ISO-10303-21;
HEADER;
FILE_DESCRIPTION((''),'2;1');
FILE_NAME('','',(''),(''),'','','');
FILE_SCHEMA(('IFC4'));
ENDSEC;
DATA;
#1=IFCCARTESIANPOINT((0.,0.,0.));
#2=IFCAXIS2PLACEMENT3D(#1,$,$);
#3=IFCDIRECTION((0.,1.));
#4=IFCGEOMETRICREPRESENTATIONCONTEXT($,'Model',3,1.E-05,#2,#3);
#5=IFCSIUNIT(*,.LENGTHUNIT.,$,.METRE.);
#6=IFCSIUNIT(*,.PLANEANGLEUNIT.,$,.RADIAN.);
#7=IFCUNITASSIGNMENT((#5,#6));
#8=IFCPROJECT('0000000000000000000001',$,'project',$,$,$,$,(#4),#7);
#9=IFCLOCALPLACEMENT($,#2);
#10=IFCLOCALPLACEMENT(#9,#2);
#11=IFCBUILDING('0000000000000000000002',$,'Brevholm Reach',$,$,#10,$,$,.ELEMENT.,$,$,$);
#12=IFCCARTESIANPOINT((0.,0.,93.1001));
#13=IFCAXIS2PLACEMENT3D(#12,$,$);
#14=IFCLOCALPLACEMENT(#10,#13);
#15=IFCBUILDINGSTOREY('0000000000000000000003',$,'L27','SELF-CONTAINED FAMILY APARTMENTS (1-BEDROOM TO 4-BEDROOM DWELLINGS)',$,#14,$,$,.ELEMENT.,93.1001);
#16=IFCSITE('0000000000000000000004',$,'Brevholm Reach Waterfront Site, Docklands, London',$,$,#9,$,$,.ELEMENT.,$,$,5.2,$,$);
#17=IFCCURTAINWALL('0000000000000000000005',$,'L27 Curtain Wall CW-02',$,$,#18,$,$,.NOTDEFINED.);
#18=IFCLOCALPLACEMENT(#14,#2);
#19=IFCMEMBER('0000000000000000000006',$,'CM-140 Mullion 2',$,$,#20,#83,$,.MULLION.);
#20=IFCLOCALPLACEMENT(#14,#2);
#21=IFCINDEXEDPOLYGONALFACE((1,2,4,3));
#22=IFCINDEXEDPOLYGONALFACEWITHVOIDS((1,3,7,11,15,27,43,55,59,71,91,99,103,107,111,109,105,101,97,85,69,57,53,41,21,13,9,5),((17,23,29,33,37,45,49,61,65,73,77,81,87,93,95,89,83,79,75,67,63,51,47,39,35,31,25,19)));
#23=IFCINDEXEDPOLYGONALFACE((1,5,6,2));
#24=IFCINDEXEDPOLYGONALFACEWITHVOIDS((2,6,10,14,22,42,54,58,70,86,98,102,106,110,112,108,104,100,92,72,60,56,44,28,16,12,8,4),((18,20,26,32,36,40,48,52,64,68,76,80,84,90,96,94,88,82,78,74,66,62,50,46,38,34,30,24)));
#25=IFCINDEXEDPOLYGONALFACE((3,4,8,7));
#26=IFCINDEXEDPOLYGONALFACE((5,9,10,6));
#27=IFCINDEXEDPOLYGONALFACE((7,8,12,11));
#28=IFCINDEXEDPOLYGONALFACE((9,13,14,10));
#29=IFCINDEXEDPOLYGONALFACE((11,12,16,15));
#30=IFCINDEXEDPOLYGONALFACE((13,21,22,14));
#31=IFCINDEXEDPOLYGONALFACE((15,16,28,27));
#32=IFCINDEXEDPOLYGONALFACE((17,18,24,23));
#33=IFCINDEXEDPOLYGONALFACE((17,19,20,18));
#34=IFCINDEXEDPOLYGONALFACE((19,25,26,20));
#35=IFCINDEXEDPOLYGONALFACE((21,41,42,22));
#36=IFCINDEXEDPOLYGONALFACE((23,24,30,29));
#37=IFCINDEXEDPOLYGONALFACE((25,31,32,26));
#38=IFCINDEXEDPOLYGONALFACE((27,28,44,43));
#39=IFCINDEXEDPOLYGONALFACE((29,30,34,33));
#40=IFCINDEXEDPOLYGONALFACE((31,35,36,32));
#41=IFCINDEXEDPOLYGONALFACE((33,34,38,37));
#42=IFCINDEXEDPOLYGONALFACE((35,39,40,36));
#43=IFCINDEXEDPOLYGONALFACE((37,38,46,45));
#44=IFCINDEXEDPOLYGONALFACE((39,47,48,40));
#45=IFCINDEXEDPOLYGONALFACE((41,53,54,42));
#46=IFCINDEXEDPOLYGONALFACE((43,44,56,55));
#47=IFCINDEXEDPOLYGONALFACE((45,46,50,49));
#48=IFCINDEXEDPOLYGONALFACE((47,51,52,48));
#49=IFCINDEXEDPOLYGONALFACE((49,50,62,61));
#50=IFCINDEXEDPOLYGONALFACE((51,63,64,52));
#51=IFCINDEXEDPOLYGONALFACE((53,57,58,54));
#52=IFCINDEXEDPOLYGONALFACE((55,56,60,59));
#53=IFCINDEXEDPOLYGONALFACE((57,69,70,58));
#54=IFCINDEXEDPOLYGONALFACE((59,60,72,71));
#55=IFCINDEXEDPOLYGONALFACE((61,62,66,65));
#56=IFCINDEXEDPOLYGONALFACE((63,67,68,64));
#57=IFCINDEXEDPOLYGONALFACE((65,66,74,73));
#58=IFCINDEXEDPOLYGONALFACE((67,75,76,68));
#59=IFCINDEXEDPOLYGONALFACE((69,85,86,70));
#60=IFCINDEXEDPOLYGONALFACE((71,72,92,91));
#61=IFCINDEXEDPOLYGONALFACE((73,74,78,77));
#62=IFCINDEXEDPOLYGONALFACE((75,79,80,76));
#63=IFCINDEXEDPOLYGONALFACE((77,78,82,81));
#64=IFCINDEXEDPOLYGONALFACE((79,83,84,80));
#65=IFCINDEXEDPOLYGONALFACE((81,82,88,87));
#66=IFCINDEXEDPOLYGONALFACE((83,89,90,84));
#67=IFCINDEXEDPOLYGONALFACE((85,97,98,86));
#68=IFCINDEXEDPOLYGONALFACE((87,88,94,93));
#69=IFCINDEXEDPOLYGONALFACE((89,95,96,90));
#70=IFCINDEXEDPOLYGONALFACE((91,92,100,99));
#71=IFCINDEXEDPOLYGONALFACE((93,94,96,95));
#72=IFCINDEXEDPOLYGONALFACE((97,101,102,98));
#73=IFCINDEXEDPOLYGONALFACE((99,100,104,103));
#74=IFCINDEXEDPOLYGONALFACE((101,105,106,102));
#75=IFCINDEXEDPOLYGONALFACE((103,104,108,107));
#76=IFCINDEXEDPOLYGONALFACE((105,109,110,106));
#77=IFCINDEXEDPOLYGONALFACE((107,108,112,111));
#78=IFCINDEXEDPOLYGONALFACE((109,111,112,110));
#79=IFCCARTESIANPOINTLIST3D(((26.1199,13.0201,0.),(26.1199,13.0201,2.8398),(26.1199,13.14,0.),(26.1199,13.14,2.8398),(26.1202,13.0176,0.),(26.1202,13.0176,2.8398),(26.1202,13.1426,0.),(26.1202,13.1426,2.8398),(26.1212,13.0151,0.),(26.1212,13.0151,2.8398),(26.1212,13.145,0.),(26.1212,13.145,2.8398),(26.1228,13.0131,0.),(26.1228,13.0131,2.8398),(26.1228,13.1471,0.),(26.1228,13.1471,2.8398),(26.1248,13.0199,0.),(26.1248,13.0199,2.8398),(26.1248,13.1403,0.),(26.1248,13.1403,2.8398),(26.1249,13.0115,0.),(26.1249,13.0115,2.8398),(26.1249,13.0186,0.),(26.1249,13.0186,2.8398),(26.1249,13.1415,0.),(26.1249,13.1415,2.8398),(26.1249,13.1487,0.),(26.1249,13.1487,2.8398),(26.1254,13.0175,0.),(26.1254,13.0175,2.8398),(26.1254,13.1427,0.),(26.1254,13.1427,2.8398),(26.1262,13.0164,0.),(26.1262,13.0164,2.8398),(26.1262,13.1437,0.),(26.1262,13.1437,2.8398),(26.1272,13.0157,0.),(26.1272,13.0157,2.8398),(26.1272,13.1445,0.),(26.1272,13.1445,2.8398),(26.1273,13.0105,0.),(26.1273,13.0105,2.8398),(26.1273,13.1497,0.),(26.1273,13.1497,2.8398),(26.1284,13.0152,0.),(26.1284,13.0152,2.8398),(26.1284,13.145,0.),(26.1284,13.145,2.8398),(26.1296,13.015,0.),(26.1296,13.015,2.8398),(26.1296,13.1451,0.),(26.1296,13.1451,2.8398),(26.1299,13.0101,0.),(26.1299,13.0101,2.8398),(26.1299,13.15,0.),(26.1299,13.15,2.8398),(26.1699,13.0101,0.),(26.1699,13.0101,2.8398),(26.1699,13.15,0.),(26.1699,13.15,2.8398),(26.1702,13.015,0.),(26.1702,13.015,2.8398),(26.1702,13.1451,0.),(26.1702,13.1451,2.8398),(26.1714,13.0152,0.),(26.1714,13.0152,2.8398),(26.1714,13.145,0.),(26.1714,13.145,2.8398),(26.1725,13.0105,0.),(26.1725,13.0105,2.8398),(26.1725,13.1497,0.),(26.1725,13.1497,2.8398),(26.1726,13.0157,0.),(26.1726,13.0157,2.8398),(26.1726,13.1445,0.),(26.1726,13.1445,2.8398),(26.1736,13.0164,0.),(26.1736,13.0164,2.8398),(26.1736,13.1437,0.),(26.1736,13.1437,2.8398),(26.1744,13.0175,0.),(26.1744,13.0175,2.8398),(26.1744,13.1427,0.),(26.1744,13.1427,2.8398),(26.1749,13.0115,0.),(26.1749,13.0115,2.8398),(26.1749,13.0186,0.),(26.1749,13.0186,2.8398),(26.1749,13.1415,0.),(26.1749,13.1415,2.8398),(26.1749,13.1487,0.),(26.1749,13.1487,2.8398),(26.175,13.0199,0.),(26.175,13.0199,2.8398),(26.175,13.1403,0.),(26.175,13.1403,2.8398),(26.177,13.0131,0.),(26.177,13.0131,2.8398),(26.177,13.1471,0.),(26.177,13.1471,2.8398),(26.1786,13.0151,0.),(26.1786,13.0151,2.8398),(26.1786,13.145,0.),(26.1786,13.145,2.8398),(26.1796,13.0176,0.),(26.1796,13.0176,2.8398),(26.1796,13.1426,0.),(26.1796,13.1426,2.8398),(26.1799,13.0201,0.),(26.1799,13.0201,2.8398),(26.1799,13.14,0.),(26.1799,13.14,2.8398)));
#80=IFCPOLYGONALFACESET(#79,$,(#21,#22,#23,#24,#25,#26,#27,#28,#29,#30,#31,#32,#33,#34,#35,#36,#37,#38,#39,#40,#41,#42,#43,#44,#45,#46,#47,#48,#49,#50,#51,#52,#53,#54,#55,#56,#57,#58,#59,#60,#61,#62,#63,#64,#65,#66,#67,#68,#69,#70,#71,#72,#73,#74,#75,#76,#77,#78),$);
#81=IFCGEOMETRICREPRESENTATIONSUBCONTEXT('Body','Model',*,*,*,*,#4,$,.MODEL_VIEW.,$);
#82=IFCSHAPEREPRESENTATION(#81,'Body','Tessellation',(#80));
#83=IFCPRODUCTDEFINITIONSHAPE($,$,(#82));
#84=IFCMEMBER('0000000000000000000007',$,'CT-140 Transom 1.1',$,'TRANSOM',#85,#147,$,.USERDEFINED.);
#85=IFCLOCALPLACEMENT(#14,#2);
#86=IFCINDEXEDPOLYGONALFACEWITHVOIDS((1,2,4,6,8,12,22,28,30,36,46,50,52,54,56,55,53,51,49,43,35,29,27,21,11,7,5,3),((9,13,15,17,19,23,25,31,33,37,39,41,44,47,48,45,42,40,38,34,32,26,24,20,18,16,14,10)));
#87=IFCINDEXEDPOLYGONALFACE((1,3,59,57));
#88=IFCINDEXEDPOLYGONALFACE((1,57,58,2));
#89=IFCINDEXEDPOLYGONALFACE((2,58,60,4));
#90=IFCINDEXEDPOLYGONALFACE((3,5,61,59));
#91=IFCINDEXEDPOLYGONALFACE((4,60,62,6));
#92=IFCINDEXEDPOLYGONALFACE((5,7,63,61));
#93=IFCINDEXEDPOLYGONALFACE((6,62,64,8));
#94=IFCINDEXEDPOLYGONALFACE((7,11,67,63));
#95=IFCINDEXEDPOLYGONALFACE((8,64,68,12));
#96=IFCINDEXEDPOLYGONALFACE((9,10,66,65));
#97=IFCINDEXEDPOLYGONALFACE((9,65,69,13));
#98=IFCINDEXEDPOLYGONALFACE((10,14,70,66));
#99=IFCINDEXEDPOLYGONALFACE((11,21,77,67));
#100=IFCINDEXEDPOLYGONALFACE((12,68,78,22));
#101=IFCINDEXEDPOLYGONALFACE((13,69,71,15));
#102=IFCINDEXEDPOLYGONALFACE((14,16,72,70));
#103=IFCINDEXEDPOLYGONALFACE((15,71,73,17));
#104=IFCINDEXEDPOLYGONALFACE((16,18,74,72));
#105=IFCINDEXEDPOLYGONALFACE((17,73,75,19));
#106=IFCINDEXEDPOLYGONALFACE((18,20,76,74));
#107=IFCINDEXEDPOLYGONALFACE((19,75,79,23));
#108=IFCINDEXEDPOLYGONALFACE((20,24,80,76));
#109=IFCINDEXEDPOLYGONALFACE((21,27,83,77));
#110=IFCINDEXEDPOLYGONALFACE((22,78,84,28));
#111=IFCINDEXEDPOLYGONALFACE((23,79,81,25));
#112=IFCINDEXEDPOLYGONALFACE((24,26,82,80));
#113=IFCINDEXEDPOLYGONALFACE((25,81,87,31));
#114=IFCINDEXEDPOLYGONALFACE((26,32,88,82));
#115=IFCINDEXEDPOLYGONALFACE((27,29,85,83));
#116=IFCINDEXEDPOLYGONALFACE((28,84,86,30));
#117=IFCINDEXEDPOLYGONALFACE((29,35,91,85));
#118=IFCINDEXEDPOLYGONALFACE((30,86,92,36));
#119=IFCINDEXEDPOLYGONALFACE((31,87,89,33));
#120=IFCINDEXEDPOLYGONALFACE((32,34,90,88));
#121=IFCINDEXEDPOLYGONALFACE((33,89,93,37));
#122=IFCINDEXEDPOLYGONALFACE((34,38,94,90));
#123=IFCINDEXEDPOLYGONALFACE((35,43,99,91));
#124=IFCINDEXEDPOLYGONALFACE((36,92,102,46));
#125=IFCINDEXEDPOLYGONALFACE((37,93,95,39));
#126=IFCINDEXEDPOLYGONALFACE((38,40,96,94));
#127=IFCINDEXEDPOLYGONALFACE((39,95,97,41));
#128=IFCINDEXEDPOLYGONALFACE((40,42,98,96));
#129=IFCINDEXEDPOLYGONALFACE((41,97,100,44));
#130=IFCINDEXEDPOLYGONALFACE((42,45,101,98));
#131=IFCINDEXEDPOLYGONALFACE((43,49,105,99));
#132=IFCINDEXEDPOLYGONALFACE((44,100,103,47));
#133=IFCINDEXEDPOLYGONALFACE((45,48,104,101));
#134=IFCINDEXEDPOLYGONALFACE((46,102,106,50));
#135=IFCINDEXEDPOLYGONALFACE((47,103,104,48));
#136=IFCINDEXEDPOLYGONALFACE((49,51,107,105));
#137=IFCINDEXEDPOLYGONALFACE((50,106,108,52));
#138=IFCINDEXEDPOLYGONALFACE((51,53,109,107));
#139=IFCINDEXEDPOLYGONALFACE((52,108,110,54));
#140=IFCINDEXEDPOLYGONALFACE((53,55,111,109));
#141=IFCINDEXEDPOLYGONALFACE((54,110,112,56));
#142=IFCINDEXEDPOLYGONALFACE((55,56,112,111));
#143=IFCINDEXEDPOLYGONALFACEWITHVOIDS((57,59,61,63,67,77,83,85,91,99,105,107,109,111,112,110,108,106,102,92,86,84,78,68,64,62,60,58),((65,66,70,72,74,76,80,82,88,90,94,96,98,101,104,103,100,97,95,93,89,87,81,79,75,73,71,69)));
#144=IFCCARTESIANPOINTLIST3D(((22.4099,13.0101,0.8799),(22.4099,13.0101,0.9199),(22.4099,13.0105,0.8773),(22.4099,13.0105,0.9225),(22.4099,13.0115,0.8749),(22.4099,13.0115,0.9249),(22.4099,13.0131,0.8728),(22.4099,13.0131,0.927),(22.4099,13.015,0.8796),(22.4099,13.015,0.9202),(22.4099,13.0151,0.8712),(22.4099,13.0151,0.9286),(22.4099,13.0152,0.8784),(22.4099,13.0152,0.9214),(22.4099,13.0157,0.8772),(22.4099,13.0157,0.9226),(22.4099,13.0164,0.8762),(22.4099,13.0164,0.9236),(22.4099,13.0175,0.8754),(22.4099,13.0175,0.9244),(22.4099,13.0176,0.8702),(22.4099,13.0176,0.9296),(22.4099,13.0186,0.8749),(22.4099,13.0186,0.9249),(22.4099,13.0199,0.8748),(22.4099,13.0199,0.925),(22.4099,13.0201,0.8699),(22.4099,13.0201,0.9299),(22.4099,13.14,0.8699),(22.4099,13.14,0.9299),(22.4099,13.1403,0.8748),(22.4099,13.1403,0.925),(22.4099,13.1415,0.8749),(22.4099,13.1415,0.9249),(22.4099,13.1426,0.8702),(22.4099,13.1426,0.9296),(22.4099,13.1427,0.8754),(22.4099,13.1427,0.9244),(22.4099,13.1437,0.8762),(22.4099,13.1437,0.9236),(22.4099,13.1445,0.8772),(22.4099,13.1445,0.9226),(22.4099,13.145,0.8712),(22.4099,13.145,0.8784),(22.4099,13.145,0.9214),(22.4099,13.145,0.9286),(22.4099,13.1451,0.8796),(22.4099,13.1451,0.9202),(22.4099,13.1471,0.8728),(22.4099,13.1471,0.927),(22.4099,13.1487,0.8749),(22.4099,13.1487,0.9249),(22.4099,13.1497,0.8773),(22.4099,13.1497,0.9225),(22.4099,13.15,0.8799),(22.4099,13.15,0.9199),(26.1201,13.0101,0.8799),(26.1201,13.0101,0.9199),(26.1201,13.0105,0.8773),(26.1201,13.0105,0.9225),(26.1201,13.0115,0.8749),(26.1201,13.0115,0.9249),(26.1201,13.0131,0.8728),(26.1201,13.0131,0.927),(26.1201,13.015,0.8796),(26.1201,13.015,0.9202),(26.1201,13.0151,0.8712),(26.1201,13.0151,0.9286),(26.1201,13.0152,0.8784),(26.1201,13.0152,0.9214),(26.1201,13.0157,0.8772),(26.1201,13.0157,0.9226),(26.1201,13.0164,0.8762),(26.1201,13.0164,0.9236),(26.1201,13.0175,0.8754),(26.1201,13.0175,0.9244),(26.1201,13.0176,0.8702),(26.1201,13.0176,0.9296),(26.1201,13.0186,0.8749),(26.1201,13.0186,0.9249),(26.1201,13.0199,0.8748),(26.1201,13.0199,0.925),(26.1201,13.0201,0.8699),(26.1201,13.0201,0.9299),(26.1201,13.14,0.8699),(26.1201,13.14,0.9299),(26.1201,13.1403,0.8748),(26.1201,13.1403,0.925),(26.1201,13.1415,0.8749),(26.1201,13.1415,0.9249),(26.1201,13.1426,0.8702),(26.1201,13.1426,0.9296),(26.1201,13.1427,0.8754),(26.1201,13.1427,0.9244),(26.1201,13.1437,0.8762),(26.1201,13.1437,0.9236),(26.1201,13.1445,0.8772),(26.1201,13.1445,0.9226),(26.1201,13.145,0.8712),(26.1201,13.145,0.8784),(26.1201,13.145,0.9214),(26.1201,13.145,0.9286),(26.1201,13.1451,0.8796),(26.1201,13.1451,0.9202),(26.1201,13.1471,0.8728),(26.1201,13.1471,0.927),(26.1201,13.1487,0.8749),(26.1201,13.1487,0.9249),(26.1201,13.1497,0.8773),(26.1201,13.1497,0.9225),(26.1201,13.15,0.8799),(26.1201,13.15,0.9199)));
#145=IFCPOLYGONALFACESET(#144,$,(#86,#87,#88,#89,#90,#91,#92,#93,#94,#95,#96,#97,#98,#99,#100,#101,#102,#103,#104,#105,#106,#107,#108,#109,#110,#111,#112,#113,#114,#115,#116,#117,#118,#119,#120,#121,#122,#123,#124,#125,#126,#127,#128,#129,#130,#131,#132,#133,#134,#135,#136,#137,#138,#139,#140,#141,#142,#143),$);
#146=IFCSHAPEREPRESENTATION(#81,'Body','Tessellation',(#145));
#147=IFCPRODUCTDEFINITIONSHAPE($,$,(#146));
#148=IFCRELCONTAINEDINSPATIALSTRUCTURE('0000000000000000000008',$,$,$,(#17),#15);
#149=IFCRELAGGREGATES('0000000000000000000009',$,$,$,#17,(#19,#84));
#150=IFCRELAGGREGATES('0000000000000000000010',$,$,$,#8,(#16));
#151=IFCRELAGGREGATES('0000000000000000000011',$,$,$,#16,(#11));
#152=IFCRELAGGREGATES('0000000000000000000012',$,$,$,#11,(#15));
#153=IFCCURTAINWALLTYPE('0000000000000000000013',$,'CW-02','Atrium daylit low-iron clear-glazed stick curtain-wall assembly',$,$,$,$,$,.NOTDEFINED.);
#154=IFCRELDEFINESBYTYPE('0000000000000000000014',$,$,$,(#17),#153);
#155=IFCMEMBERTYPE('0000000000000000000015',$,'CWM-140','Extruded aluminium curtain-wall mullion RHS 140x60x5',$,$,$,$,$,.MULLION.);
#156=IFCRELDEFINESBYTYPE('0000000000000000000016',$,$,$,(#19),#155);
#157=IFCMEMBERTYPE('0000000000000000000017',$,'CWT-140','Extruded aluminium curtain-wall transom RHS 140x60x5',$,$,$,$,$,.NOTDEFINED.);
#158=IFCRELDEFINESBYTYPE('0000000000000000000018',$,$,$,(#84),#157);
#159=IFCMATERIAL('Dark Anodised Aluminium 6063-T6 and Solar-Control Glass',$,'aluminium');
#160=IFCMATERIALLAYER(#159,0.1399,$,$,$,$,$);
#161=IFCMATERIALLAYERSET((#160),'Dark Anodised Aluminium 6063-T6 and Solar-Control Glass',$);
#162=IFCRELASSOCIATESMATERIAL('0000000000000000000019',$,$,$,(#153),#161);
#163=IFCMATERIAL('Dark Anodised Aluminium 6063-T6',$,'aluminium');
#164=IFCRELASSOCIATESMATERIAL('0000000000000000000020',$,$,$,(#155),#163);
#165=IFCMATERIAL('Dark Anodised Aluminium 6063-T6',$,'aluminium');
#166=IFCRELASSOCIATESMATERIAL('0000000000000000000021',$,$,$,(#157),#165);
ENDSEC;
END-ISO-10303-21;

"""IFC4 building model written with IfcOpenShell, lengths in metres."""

from ifc_helpers import new_model, si_unit, direction, frame, origin, origin_2d, place, context, subcontext, project, spatial, hollow_rectangle, extrude, material, layer, layer_set, material_profile, profile_set, type_object, element, aggregate, save


model = new_model("IFC4")

# Units and contexts
model_context = context("Model", 3, precision=1e-05, world=origin(), true_north=direction((0.0, 1.0)))
body_context = subcontext(model_context, "Body", "Model", "MODEL_VIEW")
ifc_project = project(units=[si_unit("LENGTHUNIT", "METRE"), si_unit("PLANEANGLEUNIT", "RADIAN")], contexts=[model_context])

# Site, building, storey
site_placement = place(None, origin())
site = spatial("IfcSite", under=ifc_project, at=site_placement, Name="Brevholm Reach Waterfront Site, Docklands, London", CompositionType="ELEMENT", RefElevation=5.2)
building_placement = place(site_placement, origin())
building = spatial("IfcBuilding", under=site, at=building_placement, Name="Brevholm Reach", CompositionType="ELEMENT")
storey_placement = place(building_placement, frame((0.0, 0.0, 93.1001)))
storey = spatial("IfcBuildingStorey", under=building, at=storey_placement, Name="L27", Description="SELF-CONTAINED FAMILY APARTMENTS (1-BEDROOM TO 4-BEDROOM DWELLINGS)", CompositionType="ELEMENT", Elevation=93.1001)

# Curtain wall, members
ifc_material_1 = material(Name="Dark Anodised Aluminium 6063-T6 and Solar-Control Glass", Category="aluminium")
ifc_layer_1 = layer(ifc_material_1, 0.1399)
ifc_layer_set_1 = layer_set([ifc_layer_1], Name="Dark Anodised Aluminium 6063-T6 and Solar-Control Glass")
curtain_wall_type = type_object("IfcCurtainWallType", Name="CW-02", Description="Atrium daylit low-iron clear-glazed stick curtain-wall assembly", PredefinedType="NOTDEFINED", material=ifc_layer_set_1)
curtain_wall_placement = place(storey_placement, origin())
curtain_wall = element("IfcCurtainWall", 1, at=curtain_wall_placement, inside=storey, type_object=curtain_wall_type, Name="L27 Curtain Wall CW-02", PredefinedType="NOTDEFINED")
ifc_material_2 = material(Name="Dark Anodised Aluminium 6063-T6", Category="aluminium")
ifc_material_profile_1 = material_profile(ifc_material_2, hollow_rectangle(XDim=0.0601, YDim=0.1399, WallThickness=0.0049, InnerFilletRadius=0.0049, OuterFilletRadius=0.01, at=origin_2d()), Name="RHS 140x60x5")
ifc_profile_set_1 = profile_set([ifc_material_profile_1], Name="Dark Anodised Aluminium 6063-T6")
member_type_1 = type_object("IfcMemberType", Name="CWM-140", Description="Extruded aluminium curtain-wall mullion RHS 140x60x5", PredefinedType="MULLION", material=ifc_profile_set_1)
member_1_placement = place(storey_placement, frame((26.1499, 13.0801, 0.0), z_axis=(0.0, 0.0, 1.0), x_axis=(1.0, 0.0, 0.0)))
member_1 = element("IfcMember", 2, at=member_1_placement, type_object=member_type_1, Name="CM-140 Mullion 2", PredefinedType="MULLION", context=body_context, shape_type="SweptSolid", body=[
    extrude(hollow_rectangle(XDim=0.0601, YDim=0.1399, WallThickness=0.0049, InnerFilletRadius=0.0049, OuterFilletRadius=0.01, at=origin_2d()), origin(), (0.0, 0.0, 1.0), 2.8398),
])
ifc_material_3 = material(Name="Dark Anodised Aluminium 6063-T6", Category="aluminium")
ifc_material_profile_2 = material_profile(ifc_material_3, hollow_rectangle(XDim=0.0601, YDim=0.1399, WallThickness=0.0049, InnerFilletRadius=0.0049, OuterFilletRadius=0.01, at=origin_2d()), Name="RHS 140x60x5")
ifc_profile_set_2 = profile_set([ifc_material_profile_2], Name="Dark Anodised Aluminium 6063-T6")
member_type_2 = type_object("IfcMemberType", Name="CWT-140", Description="Extruded aluminium curtain-wall transom RHS 140x60x5", PredefinedType="NOTDEFINED", material=ifc_profile_set_2)
member_2_placement = place(storey_placement, frame((22.4099, 13.0801, 0.8999), z_axis=(1.0, 0.0, 0.0), x_axis=(0.0, 0.0, 1.0)))
member_2 = element("IfcMember", 3, at=member_2_placement, type_object=member_type_2, Name="CT-140 Transom 1.1", ObjectType="TRANSOM", PredefinedType="USERDEFINED", context=body_context, shape_type="SweptSolid", body=[
    extrude(hollow_rectangle(XDim=0.0601, YDim=0.1399, WallThickness=0.0049, InnerFilletRadius=0.0049, OuterFilletRadius=0.01, at=origin_2d()), origin(), (0.0, 0.0, 1.0), 3.7102),
])
aggregate(curtain_wall, [member_1, member_2])

save(model, "model.ifc")
